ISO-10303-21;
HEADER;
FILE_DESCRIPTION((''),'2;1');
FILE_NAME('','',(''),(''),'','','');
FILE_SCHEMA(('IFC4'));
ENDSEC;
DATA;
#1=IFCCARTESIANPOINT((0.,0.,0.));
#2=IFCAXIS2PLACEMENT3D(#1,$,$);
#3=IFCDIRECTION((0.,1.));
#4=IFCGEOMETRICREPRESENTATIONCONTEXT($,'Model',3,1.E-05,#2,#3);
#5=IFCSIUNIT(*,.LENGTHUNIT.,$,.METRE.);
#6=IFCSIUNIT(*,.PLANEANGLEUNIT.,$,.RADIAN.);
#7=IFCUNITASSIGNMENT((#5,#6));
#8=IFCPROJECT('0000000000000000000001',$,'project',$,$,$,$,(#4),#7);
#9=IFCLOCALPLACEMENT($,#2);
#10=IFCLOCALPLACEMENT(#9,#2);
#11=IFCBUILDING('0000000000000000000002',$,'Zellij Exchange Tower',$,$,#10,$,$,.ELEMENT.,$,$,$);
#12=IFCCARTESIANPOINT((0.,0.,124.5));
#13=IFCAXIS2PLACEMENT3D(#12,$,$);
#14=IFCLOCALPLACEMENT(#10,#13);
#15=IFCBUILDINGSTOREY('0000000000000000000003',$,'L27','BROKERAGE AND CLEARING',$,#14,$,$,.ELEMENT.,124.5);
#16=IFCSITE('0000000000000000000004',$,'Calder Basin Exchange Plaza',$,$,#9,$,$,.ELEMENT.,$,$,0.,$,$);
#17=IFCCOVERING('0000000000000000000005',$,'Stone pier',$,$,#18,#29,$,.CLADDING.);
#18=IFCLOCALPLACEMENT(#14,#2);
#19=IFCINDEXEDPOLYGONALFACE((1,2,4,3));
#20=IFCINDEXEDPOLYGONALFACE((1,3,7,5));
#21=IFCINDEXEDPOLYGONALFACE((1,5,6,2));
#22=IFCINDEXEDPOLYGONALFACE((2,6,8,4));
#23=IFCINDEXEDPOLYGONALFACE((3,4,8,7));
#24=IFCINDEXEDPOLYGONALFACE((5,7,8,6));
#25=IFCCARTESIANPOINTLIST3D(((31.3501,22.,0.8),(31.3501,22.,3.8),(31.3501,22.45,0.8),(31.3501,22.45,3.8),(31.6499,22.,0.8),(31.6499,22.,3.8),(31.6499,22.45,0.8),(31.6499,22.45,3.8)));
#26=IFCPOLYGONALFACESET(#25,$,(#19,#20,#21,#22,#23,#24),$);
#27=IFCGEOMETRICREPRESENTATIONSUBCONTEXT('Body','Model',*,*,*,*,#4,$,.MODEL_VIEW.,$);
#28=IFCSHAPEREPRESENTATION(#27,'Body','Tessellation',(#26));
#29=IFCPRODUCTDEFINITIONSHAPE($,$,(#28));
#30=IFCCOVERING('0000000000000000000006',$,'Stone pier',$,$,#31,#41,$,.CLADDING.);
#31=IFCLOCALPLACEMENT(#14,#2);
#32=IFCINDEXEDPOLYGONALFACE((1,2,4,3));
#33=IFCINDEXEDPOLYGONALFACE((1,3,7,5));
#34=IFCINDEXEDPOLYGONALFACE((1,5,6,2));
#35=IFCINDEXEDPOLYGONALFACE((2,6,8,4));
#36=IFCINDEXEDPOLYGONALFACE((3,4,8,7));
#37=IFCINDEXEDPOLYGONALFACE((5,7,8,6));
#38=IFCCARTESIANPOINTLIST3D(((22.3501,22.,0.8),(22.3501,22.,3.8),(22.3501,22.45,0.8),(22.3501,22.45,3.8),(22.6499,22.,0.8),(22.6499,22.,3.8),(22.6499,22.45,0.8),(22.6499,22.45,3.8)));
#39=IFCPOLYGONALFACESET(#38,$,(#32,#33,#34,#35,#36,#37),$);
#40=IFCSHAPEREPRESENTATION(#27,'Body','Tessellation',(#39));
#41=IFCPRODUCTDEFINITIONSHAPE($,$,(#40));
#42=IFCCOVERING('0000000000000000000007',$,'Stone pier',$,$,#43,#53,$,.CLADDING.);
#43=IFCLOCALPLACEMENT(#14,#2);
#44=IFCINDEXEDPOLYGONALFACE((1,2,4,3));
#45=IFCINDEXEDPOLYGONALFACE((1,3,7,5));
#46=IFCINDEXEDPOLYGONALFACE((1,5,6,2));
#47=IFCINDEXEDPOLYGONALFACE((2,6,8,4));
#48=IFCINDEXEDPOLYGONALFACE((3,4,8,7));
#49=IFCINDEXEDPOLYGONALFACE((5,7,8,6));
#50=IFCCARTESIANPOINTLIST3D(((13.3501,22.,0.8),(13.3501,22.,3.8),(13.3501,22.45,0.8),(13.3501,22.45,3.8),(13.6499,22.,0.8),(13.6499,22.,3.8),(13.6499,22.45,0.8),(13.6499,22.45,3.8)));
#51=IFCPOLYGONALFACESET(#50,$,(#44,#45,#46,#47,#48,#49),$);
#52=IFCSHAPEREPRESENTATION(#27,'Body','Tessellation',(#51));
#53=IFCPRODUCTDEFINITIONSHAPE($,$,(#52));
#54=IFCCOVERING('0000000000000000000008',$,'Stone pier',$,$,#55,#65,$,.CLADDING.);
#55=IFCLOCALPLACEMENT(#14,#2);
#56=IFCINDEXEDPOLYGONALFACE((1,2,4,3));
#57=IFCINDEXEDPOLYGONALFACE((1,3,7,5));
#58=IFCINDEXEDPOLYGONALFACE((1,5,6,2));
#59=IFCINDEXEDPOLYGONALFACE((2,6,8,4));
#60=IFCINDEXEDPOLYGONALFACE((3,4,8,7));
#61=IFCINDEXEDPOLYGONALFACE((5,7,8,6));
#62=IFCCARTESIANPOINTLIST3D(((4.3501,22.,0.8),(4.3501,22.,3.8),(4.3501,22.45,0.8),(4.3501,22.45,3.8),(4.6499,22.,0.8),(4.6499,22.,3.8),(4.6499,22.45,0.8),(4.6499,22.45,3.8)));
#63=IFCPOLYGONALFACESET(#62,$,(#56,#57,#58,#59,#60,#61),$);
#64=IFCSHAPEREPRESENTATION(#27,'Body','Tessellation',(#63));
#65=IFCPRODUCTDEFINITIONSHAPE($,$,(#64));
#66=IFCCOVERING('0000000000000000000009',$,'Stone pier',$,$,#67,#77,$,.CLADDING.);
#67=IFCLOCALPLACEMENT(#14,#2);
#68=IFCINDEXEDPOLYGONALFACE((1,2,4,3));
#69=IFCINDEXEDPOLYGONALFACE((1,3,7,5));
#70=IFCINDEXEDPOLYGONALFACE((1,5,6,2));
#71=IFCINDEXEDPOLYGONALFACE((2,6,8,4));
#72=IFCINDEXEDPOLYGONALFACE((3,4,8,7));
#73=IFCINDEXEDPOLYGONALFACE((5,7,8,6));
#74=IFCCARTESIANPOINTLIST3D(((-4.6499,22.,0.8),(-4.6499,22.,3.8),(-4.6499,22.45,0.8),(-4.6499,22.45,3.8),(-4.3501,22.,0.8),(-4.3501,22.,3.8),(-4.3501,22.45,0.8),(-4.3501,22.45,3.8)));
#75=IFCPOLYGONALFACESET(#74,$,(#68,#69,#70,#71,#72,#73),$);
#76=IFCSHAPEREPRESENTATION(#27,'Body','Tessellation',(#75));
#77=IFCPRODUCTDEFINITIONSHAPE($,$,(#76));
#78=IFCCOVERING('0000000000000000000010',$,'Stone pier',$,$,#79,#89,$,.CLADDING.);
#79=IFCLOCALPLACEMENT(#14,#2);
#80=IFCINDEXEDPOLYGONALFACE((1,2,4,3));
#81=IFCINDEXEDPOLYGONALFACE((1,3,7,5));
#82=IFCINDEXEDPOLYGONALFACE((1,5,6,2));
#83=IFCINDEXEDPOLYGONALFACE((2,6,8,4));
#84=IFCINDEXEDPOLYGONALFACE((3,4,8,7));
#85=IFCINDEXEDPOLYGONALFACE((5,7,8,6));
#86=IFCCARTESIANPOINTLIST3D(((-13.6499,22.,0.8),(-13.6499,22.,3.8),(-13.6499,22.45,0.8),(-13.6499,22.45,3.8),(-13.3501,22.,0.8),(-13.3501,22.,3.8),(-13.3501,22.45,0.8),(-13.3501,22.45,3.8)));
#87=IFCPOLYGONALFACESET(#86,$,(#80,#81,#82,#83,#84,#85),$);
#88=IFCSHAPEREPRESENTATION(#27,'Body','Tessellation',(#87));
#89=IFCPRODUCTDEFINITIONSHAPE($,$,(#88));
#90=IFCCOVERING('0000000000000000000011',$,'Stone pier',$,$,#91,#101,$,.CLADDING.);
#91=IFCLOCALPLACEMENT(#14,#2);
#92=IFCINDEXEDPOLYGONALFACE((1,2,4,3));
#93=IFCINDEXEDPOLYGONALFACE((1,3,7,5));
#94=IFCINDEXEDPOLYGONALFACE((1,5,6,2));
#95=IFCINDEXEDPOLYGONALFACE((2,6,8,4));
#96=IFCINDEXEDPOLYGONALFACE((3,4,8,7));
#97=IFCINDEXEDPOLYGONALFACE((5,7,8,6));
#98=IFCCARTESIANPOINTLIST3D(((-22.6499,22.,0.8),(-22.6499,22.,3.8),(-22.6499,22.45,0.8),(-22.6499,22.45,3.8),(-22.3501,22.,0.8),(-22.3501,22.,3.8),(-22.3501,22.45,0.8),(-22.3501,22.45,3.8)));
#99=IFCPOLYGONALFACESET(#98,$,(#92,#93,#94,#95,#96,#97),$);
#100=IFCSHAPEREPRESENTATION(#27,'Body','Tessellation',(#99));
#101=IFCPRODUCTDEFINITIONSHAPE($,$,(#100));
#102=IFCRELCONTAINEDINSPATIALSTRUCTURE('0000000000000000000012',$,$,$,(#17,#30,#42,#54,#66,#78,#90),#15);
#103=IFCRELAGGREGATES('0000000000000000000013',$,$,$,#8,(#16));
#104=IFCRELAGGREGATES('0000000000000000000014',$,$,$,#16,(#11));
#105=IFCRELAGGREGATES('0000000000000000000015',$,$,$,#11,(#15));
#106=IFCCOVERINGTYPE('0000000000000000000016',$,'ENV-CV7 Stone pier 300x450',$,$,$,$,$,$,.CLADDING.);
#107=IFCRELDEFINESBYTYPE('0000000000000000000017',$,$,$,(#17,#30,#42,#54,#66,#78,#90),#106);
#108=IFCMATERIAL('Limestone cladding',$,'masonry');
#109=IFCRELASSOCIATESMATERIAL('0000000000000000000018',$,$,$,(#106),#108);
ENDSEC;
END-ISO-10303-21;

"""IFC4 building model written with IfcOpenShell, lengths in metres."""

from ifc_helpers import new_model, si_unit, direction, frame, origin, place, context, subcontext, project, spatial, polyline, outline, extrude, material, type_object, element, save


model = new_model("IFC4")

# Units and contexts
model_context = context("Model", 3, precision=1e-05, world=origin(), true_north=direction((0.0, 1.0)))
body_context = subcontext(model_context, "Body", "Model", "MODEL_VIEW")
ifc_project = project(units=[si_unit("LENGTHUNIT", "METRE"), si_unit("PLANEANGLEUNIT", "RADIAN")], contexts=[model_context])

# Site, building, storey
site_placement = place(None, origin())
site = spatial("IfcSite", under=ifc_project, at=site_placement, Name="Calder Basin Exchange Plaza", CompositionType="ELEMENT", RefElevation=0.0)
building_placement = place(site_placement, origin())
building = spatial("IfcBuilding", under=site, at=building_placement, Name="Zellij Exchange Tower", CompositionType="ELEMENT")
storey_placement = place(building_placement, frame((0.0, 0.0, 124.5)))
storey = spatial("IfcBuildingStorey", under=building, at=storey_placement, Name="L27", Description="BROKERAGE AND CLEARING", CompositionType="ELEMENT", Elevation=124.5)

# Coverings
ifc_material_1 = material(Name="Limestone cladding", Category="masonry")
covering_type_1 = type_object("IfcCoveringType", Name="ENV-CV7 Stone pier 300x450", PredefinedType="CLADDING", material=ifc_material_1)
covering_1_placement = place(storey_placement, frame((0.0, 0.0, 0.8)))
element("IfcCovering", 1, at=covering_1_placement, inside=storey, type_object=covering_type_1, Name="Stone pier", PredefinedType="CLADDING", context=body_context, shape_type="SweptSolid", body=[
    extrude(outline(polyline([(31.6499, 22.0), (31.3501, 22.0), (31.3501, 22.45), (31.6499, 22.45), (31.6499, 22.0)])), origin(), (0.0, 0.0, 1.0), 3.0),
])
covering_2_placement = place(storey_placement, frame((0.0, 0.0, 0.8)))
element("IfcCovering", 2, at=covering_2_placement, inside=storey, type_object=covering_type_1, Name="Stone pier", PredefinedType="CLADDING", context=body_context, shape_type="SweptSolid", body=[
    extrude(outline(polyline([(22.6499, 22.0), (22.3501, 22.0), (22.3501, 22.45), (22.6499, 22.45), (22.6499, 22.0)])), origin(), (0.0, 0.0, 1.0), 3.0),
])
covering_3_placement = place(storey_placement, frame((0.0, 0.0, 0.8)))
element("IfcCovering", 3, at=covering_3_placement, inside=storey, type_object=covering_type_1, Name="Stone pier", PredefinedType="CLADDING", context=body_context, shape_type="SweptSolid", body=[
    extrude(outline(polyline([(13.6499, 22.0), (13.3501, 22.0), (13.3501, 22.45), (13.6499, 22.45), (13.6499, 22.0)])), origin(), (0.0, 0.0, 1.0), 3.0),
])
covering_4_placement = place(storey_placement, frame((0.0, 0.0, 0.8)))
element("IfcCovering", 4, at=covering_4_placement, inside=storey, type_object=covering_type_1, Name="Stone pier", PredefinedType="CLADDING", context=body_context, shape_type="SweptSolid", body=[
    extrude(outline(polyline([(4.6499, 22.0), (4.3501, 22.0), (4.3501, 22.45), (4.6499, 22.45), (4.6499, 22.0)])), origin(), (0.0, 0.0, 1.0), 3.0),
])
covering_5_placement = place(storey_placement, frame((0.0, 0.0, 0.8)))
element("IfcCovering", 5, at=covering_5_placement, inside=storey, type_object=covering_type_1, Name="Stone pier", PredefinedType="CLADDING", context=body_context, shape_type="SweptSolid", body=[
    extrude(outline(polyline([(-4.3501, 22.0), (-4.6499, 22.0), (-4.6499, 22.45), (-4.3501, 22.45), (-4.3501, 22.0)])), origin(), (0.0, 0.0, 1.0), 3.0),
])
covering_6_placement = place(storey_placement, frame((0.0, 0.0, 0.8)))
element("IfcCovering", 6, at=covering_6_placement, inside=storey, type_object=covering_type_1, Name="Stone pier", PredefinedType="CLADDING", context=body_context, shape_type="SweptSolid", body=[
    extrude(outline(polyline([(-13.3501, 22.0), (-13.6499, 22.0), (-13.6499, 22.45), (-13.3501, 22.45), (-13.3501, 22.0)])), origin(), (0.0, 0.0, 1.0), 3.0),
])
covering_7_placement = place(storey_placement, frame((0.0, 0.0, 0.8)))
element("IfcCovering", 7, at=covering_7_placement, inside=storey, type_object=covering_type_1, Name="Stone pier", PredefinedType="CLADDING", context=body_context, shape_type="SweptSolid", body=[
    extrude(outline(polyline([(-22.3501, 22.0), (-22.6499, 22.0), (-22.6499, 22.45), (-22.3501, 22.45), (-22.3501, 22.0)])), origin(), (0.0, 0.0, 1.0), 3.0),
])

save(model, "model.ifc")
